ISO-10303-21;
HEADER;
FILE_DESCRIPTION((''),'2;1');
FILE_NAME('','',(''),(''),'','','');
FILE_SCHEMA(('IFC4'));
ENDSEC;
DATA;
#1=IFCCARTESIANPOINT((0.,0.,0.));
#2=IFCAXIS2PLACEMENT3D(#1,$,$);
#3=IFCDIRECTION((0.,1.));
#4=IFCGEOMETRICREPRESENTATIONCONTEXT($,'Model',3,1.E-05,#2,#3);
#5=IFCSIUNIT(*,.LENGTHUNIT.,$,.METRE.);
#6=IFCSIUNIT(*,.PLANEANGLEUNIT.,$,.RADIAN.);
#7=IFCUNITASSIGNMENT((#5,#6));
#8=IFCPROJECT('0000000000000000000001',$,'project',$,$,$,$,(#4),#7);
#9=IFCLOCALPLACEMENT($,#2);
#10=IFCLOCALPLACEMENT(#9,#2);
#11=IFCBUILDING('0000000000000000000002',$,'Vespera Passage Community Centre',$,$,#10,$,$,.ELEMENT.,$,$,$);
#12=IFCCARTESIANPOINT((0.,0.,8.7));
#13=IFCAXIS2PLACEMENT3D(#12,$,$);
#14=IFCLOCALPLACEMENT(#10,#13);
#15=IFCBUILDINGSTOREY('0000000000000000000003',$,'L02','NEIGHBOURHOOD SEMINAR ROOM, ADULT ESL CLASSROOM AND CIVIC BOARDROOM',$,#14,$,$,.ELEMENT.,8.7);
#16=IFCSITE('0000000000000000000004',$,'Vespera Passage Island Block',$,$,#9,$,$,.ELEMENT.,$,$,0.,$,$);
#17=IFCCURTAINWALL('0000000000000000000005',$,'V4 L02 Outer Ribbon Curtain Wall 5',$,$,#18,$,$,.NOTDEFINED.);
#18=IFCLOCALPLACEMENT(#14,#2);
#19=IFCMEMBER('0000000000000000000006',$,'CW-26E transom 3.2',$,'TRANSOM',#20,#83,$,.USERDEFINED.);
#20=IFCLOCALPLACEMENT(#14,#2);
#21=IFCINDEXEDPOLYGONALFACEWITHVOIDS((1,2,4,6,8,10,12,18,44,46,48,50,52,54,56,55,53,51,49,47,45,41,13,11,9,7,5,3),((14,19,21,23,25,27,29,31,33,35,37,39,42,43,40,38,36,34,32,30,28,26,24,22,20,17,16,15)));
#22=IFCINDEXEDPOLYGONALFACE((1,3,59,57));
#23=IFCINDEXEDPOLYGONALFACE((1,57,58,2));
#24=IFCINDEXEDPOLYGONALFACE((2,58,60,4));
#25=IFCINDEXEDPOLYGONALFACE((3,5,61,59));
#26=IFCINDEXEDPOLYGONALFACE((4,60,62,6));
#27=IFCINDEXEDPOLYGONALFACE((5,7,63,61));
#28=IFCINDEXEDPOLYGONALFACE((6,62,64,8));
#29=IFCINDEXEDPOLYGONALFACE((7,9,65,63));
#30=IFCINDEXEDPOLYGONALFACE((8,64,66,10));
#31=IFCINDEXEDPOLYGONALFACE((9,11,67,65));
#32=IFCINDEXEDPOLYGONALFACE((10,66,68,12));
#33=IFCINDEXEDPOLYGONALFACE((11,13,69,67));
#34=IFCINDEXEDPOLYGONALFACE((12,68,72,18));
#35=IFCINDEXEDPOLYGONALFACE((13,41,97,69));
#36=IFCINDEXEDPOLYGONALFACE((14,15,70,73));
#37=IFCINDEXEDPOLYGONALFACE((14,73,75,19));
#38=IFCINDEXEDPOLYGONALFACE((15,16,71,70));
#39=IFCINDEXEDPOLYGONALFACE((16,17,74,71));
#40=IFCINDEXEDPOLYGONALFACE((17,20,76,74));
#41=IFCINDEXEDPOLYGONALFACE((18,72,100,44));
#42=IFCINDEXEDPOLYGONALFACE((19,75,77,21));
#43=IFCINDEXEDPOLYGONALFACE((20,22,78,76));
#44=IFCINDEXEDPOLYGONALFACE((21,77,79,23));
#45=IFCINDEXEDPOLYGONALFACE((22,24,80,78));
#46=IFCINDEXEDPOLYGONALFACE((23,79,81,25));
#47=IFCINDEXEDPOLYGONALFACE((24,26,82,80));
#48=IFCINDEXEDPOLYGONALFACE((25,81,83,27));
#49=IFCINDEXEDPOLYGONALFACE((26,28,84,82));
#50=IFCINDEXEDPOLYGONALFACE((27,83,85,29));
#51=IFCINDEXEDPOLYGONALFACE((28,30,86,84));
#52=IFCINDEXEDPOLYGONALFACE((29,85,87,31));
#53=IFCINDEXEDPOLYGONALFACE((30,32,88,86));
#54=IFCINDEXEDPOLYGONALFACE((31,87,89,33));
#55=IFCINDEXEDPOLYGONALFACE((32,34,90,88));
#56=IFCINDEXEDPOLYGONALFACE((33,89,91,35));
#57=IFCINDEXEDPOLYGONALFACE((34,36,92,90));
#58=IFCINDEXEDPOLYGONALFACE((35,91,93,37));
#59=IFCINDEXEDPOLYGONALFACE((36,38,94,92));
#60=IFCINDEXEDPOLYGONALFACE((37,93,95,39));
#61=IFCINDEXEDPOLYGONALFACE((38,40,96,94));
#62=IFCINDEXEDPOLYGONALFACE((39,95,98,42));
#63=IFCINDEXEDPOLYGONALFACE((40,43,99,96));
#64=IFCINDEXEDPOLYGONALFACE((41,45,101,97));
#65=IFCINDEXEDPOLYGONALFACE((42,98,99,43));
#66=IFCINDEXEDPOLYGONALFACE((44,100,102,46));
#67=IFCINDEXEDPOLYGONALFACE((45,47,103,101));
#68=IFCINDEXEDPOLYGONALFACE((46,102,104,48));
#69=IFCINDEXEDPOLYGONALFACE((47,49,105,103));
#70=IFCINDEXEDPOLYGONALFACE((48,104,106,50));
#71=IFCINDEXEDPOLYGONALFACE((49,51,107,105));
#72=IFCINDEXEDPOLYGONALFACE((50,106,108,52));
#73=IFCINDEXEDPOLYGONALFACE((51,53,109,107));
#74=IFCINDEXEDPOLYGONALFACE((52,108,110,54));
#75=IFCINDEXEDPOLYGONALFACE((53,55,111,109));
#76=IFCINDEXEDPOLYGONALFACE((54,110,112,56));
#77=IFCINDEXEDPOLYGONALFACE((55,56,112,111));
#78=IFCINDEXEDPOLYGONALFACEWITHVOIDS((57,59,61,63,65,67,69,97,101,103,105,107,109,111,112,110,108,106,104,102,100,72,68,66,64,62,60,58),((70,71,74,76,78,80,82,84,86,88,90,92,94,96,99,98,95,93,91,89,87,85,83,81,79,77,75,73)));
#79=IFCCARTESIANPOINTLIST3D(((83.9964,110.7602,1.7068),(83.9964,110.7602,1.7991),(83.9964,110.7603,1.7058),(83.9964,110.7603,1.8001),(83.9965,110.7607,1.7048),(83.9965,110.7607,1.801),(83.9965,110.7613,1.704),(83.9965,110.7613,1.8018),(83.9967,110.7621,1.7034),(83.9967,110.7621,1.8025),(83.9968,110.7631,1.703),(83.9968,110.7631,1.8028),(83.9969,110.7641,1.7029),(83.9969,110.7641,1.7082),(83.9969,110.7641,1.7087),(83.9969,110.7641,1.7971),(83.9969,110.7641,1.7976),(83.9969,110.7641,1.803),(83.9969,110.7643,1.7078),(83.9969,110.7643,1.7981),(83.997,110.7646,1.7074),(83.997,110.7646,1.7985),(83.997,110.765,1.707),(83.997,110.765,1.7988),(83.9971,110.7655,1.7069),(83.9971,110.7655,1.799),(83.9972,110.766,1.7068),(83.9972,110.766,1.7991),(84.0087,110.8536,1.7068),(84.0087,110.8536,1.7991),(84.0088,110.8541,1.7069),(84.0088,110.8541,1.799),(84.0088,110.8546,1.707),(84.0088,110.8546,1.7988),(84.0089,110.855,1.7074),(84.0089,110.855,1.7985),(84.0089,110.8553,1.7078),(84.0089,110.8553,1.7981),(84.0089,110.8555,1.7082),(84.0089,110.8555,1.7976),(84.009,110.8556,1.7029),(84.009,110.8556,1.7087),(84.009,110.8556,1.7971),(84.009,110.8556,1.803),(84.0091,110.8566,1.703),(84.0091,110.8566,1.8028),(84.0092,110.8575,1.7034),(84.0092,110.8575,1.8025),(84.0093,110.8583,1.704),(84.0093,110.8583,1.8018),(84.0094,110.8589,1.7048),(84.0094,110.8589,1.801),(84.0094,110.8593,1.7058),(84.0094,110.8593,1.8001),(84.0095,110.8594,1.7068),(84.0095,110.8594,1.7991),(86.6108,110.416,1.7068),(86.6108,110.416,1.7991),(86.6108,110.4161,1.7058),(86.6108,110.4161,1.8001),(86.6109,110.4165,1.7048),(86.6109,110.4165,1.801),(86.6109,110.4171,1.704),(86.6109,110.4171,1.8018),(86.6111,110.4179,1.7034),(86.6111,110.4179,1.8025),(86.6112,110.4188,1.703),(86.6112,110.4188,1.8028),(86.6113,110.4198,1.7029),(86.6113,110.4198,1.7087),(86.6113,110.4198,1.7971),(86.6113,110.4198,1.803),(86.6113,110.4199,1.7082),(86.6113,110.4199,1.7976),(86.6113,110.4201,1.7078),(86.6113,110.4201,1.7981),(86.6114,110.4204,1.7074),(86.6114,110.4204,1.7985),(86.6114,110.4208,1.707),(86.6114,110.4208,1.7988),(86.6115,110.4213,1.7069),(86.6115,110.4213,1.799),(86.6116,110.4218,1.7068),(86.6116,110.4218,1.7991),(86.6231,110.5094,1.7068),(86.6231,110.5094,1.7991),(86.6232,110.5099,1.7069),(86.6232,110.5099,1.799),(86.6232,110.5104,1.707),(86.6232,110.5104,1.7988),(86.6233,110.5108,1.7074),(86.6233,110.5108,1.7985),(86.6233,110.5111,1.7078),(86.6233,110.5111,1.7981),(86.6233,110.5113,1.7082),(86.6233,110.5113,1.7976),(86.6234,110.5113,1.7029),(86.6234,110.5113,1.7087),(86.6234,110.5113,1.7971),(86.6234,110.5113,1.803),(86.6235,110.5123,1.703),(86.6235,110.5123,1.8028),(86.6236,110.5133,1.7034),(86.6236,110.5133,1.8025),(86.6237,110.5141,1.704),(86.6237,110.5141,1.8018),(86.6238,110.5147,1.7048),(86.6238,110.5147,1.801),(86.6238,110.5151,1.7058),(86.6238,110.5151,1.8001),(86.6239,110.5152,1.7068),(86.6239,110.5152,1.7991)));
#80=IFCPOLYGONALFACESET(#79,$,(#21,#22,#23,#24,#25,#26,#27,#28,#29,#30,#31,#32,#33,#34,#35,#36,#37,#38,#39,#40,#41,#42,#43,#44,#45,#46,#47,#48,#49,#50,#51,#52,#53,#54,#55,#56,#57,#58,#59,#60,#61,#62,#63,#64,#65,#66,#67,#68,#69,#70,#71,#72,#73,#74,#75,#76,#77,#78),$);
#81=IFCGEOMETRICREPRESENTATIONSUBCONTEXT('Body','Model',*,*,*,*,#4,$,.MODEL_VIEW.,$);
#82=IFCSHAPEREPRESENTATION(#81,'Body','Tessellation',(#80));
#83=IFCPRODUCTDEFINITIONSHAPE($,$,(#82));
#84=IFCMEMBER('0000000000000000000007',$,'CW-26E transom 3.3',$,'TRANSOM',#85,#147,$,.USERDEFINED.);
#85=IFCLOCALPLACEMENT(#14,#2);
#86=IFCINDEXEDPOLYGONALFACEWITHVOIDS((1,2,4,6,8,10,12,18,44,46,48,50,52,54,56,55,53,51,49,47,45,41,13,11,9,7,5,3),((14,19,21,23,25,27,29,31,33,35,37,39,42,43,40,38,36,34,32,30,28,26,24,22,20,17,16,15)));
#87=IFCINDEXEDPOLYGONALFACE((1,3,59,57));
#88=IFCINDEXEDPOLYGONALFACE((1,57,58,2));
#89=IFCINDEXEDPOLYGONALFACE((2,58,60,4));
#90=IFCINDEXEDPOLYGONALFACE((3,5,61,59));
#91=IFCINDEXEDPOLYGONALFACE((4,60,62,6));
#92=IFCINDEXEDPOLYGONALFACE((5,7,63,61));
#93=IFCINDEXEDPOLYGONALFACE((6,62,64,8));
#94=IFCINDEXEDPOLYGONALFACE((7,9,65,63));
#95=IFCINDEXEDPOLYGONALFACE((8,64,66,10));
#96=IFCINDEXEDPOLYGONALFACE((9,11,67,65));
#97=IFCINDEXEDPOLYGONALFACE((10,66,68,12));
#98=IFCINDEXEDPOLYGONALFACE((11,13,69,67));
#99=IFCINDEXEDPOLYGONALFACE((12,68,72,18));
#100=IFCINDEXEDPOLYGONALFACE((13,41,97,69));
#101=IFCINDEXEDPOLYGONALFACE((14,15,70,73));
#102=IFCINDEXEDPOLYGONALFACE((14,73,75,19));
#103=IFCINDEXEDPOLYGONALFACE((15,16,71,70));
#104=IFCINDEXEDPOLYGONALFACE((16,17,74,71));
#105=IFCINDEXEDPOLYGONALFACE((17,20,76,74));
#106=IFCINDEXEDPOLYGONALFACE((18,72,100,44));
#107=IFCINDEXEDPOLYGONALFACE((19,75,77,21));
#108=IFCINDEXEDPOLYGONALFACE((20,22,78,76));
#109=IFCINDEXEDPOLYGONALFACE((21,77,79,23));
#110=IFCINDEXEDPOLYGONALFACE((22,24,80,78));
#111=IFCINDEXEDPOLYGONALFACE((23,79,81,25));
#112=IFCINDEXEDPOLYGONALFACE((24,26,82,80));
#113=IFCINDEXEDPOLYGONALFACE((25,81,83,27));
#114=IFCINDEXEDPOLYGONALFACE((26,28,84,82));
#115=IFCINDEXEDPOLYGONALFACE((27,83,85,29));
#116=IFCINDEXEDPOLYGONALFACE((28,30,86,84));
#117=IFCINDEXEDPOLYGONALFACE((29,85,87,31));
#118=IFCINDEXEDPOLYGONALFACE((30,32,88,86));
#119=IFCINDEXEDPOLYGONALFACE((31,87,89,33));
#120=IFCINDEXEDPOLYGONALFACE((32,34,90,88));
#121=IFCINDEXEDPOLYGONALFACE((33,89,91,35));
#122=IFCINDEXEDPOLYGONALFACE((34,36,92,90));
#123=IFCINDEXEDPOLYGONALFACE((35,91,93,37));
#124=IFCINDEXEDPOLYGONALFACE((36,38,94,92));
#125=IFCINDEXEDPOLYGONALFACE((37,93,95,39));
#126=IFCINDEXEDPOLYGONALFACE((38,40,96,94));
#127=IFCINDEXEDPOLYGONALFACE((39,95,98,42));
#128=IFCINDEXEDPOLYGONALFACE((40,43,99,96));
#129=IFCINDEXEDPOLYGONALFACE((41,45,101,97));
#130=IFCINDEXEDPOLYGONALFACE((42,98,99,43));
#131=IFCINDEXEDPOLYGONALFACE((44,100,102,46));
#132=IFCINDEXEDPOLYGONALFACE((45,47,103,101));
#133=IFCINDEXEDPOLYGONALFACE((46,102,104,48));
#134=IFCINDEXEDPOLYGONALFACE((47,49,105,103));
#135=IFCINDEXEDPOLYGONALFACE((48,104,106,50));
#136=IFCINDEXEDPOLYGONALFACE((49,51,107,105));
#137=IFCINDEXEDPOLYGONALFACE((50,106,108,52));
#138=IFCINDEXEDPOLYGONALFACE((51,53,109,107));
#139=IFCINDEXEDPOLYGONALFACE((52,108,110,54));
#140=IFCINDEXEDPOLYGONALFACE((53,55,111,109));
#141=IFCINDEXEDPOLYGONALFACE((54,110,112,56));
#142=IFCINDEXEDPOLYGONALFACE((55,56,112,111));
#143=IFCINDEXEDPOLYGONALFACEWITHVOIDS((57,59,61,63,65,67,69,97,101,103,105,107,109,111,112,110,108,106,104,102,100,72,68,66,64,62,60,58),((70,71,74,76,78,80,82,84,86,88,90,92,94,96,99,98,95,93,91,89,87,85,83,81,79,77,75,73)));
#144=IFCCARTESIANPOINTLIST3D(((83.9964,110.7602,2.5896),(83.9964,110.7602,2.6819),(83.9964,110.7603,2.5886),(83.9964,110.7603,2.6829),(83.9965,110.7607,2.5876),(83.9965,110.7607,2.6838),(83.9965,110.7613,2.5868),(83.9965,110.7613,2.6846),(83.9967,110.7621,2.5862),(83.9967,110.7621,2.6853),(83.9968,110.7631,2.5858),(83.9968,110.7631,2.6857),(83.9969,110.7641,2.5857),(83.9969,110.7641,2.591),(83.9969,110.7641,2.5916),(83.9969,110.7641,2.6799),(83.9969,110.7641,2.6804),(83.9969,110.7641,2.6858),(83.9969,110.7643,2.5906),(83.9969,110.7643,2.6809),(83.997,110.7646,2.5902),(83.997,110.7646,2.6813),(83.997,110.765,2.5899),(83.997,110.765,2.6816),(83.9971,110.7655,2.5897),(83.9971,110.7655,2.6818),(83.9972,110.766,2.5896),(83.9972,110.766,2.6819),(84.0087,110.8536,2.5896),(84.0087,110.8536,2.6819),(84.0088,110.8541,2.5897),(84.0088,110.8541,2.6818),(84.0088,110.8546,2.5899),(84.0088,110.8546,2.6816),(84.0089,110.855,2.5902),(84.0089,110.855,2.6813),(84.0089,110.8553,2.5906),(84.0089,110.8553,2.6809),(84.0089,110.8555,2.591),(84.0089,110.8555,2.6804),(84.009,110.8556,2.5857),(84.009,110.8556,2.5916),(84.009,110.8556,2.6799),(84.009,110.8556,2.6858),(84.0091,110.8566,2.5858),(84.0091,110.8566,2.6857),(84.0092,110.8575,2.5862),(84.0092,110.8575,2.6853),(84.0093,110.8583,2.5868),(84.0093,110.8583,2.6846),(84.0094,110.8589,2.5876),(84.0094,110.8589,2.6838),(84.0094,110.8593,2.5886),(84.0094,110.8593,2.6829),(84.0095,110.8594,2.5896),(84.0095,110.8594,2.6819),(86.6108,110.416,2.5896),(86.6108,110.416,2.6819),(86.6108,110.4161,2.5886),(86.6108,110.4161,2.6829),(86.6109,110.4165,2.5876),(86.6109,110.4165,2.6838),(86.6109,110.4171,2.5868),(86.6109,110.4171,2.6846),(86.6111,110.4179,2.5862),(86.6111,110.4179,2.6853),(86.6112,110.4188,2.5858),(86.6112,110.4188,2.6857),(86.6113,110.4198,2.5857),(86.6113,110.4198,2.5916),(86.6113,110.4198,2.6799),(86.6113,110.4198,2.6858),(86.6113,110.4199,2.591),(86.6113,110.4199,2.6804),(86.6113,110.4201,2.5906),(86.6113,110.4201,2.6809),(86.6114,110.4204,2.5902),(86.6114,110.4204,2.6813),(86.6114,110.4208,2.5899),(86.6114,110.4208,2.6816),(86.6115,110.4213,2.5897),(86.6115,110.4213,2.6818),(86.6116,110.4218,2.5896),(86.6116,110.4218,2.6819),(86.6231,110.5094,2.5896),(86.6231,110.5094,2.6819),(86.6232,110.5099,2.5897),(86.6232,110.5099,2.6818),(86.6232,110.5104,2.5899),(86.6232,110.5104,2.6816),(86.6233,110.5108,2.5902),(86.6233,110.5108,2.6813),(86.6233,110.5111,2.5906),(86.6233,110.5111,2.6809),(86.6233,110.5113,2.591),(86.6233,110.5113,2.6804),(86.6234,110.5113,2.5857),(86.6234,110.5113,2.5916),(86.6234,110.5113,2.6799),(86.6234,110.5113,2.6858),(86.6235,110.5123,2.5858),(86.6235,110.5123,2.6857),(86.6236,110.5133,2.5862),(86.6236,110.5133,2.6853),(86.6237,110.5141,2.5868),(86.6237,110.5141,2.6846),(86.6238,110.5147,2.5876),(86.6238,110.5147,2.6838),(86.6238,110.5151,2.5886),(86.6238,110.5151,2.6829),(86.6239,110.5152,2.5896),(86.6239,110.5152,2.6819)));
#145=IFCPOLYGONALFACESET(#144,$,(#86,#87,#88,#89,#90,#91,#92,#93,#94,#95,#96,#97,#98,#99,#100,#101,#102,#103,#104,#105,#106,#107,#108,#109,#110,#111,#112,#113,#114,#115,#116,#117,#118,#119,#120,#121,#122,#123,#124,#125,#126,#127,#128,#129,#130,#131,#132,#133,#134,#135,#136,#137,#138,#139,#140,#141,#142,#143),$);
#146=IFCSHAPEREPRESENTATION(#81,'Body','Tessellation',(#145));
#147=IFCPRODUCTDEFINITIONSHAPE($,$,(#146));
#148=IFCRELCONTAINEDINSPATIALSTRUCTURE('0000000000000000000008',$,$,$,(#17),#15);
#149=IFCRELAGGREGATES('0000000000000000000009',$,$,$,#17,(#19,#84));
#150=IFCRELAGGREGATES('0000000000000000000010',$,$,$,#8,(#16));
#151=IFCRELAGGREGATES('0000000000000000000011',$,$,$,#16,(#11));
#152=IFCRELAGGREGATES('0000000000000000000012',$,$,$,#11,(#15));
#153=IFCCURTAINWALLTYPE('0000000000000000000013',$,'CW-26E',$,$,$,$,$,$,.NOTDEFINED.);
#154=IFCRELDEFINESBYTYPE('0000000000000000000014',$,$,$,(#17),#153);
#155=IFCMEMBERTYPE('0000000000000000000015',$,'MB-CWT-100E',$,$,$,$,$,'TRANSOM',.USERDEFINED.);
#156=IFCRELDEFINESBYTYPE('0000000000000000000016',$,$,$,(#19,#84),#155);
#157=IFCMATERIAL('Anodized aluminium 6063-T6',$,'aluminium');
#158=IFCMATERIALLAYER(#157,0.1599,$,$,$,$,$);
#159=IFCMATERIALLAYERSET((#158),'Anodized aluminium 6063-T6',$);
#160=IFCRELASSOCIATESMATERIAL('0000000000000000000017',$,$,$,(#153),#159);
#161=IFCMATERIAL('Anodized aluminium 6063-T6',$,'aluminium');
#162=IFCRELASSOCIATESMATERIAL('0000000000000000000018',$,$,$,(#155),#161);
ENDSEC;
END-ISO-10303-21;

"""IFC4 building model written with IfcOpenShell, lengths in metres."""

from ifc_helpers import new_model, si_unit, direction, frame, origin, origin_2d, place, context, subcontext, project, spatial, hollow_rectangle, extrude, material, layer, layer_set, material_profile, profile_set, type_object, element, aggregate, save


model = new_model("IFC4")

# Units and contexts
model_context = context("Model", 3, precision=1e-05, world=origin(), true_north=direction((0.0, 1.0)))
body_context = subcontext(model_context, "Body", "Model", "MODEL_VIEW")
ifc_project = project(units=[si_unit("LENGTHUNIT", "METRE"), si_unit("PLANEANGLEUNIT", "RADIAN")], contexts=[model_context])

# Site, building, storey
site_placement = place(None, origin())
site = spatial("IfcSite", under=ifc_project, at=site_placement, Name="Vespera Passage Island Block", CompositionType="ELEMENT", RefElevation=0.0)
building_placement = place(site_placement, origin())
building = spatial("IfcBuilding", under=site, at=building_placement, Name="Vespera Passage Community Centre", CompositionType="ELEMENT")
storey_placement = place(building_placement, frame((0.0, 0.0, 8.7)))
storey = spatial("IfcBuildingStorey", under=building, at=storey_placement, Name="L02", Description="NEIGHBOURHOOD SEMINAR ROOM, ADULT ESL CLASSROOM AND CIVIC BOARDROOM", CompositionType="ELEMENT", Elevation=8.7)

# Curtain wall, members
ifc_material_1 = material(Name="Anodized aluminium 6063-T6", Category="aluminium")
ifc_layer_1 = layer(ifc_material_1, 0.1599)
ifc_layer_set_1 = layer_set([ifc_layer_1], Name="Anodized aluminium 6063-T6")
curtain_wall_type_1 = type_object("IfcCurtainWallType", Name="CW-26E", PredefinedType="NOTDEFINED", material=ifc_layer_set_1)
curtain_wall_1_placement = place(storey_placement, origin())
curtain_wall_1 = element("IfcCurtainWall", 1, at=curtain_wall_1_placement, inside=storey, type_object=curtain_wall_type_1, Name="V4 L02 Outer Ribbon Curtain Wall 5", PredefinedType="NOTDEFINED")
ifc_material_2 = material(Name="Anodized aluminium 6063-T6", Category="aluminium")
ifc_material_profile_1 = material_profile(ifc_material_2, hollow_rectangle(XDim=0.1001, YDim=0.1001, WallThickness=0.0039, InnerFilletRadius=0.002, OuterFilletRadius=0.0039, at=origin_2d()), Name="ALU100X100X4")
ifc_profile_set_1 = profile_set([ifc_material_profile_1], Name="Anodized aluminium 6063-T6")
member_type_1 = type_object("IfcMemberType", Name="MB-CWT-100E", ElementType="TRANSOM", PredefinedType="USERDEFINED", material=ifc_profile_set_1)
member_1_placement = place(storey_placement, frame((84.0029, 110.8098, 1.7529), z_axis=(0.991443, -0.130538, 0.0), x_axis=(0.130538, 0.991443, 0.0)))
member_1 = element("IfcMember", 2, at=member_1_placement, type_object=member_type_1, Name="CW-26E transom 3.2", ObjectType="TRANSOM", PredefinedType="USERDEFINED", context=body_context, shape_type="SweptSolid", body=[
    extrude(hollow_rectangle(XDim=0.1001, YDim=0.1001, WallThickness=0.0039, InnerFilletRadius=0.002, OuterFilletRadius=0.0039, at=origin_2d()), origin(), (0.0, 0.0, 1.0), 2.637),
])
member_2_placement = place(storey_placement, frame((84.0029, 110.8098, 2.6357), z_axis=(0.991443, -0.130538, 0.0), x_axis=(0.130538, 0.991443, 0.0)))
member_2 = element("IfcMember", 3, at=member_2_placement, type_object=member_type_1, Name="CW-26E transom 3.3", ObjectType="TRANSOM", PredefinedType="USERDEFINED", context=body_context, shape_type="SweptSolid", body=[
    extrude(hollow_rectangle(XDim=0.1001, YDim=0.1001, WallThickness=0.0039, InnerFilletRadius=0.002, OuterFilletRadius=0.0039, at=origin_2d()), origin(), (0.0, 0.0, 1.0), 2.637),
])

aggregate(curtain_wall_1, [member_1, member_2])

save(model, "model.ifc")
